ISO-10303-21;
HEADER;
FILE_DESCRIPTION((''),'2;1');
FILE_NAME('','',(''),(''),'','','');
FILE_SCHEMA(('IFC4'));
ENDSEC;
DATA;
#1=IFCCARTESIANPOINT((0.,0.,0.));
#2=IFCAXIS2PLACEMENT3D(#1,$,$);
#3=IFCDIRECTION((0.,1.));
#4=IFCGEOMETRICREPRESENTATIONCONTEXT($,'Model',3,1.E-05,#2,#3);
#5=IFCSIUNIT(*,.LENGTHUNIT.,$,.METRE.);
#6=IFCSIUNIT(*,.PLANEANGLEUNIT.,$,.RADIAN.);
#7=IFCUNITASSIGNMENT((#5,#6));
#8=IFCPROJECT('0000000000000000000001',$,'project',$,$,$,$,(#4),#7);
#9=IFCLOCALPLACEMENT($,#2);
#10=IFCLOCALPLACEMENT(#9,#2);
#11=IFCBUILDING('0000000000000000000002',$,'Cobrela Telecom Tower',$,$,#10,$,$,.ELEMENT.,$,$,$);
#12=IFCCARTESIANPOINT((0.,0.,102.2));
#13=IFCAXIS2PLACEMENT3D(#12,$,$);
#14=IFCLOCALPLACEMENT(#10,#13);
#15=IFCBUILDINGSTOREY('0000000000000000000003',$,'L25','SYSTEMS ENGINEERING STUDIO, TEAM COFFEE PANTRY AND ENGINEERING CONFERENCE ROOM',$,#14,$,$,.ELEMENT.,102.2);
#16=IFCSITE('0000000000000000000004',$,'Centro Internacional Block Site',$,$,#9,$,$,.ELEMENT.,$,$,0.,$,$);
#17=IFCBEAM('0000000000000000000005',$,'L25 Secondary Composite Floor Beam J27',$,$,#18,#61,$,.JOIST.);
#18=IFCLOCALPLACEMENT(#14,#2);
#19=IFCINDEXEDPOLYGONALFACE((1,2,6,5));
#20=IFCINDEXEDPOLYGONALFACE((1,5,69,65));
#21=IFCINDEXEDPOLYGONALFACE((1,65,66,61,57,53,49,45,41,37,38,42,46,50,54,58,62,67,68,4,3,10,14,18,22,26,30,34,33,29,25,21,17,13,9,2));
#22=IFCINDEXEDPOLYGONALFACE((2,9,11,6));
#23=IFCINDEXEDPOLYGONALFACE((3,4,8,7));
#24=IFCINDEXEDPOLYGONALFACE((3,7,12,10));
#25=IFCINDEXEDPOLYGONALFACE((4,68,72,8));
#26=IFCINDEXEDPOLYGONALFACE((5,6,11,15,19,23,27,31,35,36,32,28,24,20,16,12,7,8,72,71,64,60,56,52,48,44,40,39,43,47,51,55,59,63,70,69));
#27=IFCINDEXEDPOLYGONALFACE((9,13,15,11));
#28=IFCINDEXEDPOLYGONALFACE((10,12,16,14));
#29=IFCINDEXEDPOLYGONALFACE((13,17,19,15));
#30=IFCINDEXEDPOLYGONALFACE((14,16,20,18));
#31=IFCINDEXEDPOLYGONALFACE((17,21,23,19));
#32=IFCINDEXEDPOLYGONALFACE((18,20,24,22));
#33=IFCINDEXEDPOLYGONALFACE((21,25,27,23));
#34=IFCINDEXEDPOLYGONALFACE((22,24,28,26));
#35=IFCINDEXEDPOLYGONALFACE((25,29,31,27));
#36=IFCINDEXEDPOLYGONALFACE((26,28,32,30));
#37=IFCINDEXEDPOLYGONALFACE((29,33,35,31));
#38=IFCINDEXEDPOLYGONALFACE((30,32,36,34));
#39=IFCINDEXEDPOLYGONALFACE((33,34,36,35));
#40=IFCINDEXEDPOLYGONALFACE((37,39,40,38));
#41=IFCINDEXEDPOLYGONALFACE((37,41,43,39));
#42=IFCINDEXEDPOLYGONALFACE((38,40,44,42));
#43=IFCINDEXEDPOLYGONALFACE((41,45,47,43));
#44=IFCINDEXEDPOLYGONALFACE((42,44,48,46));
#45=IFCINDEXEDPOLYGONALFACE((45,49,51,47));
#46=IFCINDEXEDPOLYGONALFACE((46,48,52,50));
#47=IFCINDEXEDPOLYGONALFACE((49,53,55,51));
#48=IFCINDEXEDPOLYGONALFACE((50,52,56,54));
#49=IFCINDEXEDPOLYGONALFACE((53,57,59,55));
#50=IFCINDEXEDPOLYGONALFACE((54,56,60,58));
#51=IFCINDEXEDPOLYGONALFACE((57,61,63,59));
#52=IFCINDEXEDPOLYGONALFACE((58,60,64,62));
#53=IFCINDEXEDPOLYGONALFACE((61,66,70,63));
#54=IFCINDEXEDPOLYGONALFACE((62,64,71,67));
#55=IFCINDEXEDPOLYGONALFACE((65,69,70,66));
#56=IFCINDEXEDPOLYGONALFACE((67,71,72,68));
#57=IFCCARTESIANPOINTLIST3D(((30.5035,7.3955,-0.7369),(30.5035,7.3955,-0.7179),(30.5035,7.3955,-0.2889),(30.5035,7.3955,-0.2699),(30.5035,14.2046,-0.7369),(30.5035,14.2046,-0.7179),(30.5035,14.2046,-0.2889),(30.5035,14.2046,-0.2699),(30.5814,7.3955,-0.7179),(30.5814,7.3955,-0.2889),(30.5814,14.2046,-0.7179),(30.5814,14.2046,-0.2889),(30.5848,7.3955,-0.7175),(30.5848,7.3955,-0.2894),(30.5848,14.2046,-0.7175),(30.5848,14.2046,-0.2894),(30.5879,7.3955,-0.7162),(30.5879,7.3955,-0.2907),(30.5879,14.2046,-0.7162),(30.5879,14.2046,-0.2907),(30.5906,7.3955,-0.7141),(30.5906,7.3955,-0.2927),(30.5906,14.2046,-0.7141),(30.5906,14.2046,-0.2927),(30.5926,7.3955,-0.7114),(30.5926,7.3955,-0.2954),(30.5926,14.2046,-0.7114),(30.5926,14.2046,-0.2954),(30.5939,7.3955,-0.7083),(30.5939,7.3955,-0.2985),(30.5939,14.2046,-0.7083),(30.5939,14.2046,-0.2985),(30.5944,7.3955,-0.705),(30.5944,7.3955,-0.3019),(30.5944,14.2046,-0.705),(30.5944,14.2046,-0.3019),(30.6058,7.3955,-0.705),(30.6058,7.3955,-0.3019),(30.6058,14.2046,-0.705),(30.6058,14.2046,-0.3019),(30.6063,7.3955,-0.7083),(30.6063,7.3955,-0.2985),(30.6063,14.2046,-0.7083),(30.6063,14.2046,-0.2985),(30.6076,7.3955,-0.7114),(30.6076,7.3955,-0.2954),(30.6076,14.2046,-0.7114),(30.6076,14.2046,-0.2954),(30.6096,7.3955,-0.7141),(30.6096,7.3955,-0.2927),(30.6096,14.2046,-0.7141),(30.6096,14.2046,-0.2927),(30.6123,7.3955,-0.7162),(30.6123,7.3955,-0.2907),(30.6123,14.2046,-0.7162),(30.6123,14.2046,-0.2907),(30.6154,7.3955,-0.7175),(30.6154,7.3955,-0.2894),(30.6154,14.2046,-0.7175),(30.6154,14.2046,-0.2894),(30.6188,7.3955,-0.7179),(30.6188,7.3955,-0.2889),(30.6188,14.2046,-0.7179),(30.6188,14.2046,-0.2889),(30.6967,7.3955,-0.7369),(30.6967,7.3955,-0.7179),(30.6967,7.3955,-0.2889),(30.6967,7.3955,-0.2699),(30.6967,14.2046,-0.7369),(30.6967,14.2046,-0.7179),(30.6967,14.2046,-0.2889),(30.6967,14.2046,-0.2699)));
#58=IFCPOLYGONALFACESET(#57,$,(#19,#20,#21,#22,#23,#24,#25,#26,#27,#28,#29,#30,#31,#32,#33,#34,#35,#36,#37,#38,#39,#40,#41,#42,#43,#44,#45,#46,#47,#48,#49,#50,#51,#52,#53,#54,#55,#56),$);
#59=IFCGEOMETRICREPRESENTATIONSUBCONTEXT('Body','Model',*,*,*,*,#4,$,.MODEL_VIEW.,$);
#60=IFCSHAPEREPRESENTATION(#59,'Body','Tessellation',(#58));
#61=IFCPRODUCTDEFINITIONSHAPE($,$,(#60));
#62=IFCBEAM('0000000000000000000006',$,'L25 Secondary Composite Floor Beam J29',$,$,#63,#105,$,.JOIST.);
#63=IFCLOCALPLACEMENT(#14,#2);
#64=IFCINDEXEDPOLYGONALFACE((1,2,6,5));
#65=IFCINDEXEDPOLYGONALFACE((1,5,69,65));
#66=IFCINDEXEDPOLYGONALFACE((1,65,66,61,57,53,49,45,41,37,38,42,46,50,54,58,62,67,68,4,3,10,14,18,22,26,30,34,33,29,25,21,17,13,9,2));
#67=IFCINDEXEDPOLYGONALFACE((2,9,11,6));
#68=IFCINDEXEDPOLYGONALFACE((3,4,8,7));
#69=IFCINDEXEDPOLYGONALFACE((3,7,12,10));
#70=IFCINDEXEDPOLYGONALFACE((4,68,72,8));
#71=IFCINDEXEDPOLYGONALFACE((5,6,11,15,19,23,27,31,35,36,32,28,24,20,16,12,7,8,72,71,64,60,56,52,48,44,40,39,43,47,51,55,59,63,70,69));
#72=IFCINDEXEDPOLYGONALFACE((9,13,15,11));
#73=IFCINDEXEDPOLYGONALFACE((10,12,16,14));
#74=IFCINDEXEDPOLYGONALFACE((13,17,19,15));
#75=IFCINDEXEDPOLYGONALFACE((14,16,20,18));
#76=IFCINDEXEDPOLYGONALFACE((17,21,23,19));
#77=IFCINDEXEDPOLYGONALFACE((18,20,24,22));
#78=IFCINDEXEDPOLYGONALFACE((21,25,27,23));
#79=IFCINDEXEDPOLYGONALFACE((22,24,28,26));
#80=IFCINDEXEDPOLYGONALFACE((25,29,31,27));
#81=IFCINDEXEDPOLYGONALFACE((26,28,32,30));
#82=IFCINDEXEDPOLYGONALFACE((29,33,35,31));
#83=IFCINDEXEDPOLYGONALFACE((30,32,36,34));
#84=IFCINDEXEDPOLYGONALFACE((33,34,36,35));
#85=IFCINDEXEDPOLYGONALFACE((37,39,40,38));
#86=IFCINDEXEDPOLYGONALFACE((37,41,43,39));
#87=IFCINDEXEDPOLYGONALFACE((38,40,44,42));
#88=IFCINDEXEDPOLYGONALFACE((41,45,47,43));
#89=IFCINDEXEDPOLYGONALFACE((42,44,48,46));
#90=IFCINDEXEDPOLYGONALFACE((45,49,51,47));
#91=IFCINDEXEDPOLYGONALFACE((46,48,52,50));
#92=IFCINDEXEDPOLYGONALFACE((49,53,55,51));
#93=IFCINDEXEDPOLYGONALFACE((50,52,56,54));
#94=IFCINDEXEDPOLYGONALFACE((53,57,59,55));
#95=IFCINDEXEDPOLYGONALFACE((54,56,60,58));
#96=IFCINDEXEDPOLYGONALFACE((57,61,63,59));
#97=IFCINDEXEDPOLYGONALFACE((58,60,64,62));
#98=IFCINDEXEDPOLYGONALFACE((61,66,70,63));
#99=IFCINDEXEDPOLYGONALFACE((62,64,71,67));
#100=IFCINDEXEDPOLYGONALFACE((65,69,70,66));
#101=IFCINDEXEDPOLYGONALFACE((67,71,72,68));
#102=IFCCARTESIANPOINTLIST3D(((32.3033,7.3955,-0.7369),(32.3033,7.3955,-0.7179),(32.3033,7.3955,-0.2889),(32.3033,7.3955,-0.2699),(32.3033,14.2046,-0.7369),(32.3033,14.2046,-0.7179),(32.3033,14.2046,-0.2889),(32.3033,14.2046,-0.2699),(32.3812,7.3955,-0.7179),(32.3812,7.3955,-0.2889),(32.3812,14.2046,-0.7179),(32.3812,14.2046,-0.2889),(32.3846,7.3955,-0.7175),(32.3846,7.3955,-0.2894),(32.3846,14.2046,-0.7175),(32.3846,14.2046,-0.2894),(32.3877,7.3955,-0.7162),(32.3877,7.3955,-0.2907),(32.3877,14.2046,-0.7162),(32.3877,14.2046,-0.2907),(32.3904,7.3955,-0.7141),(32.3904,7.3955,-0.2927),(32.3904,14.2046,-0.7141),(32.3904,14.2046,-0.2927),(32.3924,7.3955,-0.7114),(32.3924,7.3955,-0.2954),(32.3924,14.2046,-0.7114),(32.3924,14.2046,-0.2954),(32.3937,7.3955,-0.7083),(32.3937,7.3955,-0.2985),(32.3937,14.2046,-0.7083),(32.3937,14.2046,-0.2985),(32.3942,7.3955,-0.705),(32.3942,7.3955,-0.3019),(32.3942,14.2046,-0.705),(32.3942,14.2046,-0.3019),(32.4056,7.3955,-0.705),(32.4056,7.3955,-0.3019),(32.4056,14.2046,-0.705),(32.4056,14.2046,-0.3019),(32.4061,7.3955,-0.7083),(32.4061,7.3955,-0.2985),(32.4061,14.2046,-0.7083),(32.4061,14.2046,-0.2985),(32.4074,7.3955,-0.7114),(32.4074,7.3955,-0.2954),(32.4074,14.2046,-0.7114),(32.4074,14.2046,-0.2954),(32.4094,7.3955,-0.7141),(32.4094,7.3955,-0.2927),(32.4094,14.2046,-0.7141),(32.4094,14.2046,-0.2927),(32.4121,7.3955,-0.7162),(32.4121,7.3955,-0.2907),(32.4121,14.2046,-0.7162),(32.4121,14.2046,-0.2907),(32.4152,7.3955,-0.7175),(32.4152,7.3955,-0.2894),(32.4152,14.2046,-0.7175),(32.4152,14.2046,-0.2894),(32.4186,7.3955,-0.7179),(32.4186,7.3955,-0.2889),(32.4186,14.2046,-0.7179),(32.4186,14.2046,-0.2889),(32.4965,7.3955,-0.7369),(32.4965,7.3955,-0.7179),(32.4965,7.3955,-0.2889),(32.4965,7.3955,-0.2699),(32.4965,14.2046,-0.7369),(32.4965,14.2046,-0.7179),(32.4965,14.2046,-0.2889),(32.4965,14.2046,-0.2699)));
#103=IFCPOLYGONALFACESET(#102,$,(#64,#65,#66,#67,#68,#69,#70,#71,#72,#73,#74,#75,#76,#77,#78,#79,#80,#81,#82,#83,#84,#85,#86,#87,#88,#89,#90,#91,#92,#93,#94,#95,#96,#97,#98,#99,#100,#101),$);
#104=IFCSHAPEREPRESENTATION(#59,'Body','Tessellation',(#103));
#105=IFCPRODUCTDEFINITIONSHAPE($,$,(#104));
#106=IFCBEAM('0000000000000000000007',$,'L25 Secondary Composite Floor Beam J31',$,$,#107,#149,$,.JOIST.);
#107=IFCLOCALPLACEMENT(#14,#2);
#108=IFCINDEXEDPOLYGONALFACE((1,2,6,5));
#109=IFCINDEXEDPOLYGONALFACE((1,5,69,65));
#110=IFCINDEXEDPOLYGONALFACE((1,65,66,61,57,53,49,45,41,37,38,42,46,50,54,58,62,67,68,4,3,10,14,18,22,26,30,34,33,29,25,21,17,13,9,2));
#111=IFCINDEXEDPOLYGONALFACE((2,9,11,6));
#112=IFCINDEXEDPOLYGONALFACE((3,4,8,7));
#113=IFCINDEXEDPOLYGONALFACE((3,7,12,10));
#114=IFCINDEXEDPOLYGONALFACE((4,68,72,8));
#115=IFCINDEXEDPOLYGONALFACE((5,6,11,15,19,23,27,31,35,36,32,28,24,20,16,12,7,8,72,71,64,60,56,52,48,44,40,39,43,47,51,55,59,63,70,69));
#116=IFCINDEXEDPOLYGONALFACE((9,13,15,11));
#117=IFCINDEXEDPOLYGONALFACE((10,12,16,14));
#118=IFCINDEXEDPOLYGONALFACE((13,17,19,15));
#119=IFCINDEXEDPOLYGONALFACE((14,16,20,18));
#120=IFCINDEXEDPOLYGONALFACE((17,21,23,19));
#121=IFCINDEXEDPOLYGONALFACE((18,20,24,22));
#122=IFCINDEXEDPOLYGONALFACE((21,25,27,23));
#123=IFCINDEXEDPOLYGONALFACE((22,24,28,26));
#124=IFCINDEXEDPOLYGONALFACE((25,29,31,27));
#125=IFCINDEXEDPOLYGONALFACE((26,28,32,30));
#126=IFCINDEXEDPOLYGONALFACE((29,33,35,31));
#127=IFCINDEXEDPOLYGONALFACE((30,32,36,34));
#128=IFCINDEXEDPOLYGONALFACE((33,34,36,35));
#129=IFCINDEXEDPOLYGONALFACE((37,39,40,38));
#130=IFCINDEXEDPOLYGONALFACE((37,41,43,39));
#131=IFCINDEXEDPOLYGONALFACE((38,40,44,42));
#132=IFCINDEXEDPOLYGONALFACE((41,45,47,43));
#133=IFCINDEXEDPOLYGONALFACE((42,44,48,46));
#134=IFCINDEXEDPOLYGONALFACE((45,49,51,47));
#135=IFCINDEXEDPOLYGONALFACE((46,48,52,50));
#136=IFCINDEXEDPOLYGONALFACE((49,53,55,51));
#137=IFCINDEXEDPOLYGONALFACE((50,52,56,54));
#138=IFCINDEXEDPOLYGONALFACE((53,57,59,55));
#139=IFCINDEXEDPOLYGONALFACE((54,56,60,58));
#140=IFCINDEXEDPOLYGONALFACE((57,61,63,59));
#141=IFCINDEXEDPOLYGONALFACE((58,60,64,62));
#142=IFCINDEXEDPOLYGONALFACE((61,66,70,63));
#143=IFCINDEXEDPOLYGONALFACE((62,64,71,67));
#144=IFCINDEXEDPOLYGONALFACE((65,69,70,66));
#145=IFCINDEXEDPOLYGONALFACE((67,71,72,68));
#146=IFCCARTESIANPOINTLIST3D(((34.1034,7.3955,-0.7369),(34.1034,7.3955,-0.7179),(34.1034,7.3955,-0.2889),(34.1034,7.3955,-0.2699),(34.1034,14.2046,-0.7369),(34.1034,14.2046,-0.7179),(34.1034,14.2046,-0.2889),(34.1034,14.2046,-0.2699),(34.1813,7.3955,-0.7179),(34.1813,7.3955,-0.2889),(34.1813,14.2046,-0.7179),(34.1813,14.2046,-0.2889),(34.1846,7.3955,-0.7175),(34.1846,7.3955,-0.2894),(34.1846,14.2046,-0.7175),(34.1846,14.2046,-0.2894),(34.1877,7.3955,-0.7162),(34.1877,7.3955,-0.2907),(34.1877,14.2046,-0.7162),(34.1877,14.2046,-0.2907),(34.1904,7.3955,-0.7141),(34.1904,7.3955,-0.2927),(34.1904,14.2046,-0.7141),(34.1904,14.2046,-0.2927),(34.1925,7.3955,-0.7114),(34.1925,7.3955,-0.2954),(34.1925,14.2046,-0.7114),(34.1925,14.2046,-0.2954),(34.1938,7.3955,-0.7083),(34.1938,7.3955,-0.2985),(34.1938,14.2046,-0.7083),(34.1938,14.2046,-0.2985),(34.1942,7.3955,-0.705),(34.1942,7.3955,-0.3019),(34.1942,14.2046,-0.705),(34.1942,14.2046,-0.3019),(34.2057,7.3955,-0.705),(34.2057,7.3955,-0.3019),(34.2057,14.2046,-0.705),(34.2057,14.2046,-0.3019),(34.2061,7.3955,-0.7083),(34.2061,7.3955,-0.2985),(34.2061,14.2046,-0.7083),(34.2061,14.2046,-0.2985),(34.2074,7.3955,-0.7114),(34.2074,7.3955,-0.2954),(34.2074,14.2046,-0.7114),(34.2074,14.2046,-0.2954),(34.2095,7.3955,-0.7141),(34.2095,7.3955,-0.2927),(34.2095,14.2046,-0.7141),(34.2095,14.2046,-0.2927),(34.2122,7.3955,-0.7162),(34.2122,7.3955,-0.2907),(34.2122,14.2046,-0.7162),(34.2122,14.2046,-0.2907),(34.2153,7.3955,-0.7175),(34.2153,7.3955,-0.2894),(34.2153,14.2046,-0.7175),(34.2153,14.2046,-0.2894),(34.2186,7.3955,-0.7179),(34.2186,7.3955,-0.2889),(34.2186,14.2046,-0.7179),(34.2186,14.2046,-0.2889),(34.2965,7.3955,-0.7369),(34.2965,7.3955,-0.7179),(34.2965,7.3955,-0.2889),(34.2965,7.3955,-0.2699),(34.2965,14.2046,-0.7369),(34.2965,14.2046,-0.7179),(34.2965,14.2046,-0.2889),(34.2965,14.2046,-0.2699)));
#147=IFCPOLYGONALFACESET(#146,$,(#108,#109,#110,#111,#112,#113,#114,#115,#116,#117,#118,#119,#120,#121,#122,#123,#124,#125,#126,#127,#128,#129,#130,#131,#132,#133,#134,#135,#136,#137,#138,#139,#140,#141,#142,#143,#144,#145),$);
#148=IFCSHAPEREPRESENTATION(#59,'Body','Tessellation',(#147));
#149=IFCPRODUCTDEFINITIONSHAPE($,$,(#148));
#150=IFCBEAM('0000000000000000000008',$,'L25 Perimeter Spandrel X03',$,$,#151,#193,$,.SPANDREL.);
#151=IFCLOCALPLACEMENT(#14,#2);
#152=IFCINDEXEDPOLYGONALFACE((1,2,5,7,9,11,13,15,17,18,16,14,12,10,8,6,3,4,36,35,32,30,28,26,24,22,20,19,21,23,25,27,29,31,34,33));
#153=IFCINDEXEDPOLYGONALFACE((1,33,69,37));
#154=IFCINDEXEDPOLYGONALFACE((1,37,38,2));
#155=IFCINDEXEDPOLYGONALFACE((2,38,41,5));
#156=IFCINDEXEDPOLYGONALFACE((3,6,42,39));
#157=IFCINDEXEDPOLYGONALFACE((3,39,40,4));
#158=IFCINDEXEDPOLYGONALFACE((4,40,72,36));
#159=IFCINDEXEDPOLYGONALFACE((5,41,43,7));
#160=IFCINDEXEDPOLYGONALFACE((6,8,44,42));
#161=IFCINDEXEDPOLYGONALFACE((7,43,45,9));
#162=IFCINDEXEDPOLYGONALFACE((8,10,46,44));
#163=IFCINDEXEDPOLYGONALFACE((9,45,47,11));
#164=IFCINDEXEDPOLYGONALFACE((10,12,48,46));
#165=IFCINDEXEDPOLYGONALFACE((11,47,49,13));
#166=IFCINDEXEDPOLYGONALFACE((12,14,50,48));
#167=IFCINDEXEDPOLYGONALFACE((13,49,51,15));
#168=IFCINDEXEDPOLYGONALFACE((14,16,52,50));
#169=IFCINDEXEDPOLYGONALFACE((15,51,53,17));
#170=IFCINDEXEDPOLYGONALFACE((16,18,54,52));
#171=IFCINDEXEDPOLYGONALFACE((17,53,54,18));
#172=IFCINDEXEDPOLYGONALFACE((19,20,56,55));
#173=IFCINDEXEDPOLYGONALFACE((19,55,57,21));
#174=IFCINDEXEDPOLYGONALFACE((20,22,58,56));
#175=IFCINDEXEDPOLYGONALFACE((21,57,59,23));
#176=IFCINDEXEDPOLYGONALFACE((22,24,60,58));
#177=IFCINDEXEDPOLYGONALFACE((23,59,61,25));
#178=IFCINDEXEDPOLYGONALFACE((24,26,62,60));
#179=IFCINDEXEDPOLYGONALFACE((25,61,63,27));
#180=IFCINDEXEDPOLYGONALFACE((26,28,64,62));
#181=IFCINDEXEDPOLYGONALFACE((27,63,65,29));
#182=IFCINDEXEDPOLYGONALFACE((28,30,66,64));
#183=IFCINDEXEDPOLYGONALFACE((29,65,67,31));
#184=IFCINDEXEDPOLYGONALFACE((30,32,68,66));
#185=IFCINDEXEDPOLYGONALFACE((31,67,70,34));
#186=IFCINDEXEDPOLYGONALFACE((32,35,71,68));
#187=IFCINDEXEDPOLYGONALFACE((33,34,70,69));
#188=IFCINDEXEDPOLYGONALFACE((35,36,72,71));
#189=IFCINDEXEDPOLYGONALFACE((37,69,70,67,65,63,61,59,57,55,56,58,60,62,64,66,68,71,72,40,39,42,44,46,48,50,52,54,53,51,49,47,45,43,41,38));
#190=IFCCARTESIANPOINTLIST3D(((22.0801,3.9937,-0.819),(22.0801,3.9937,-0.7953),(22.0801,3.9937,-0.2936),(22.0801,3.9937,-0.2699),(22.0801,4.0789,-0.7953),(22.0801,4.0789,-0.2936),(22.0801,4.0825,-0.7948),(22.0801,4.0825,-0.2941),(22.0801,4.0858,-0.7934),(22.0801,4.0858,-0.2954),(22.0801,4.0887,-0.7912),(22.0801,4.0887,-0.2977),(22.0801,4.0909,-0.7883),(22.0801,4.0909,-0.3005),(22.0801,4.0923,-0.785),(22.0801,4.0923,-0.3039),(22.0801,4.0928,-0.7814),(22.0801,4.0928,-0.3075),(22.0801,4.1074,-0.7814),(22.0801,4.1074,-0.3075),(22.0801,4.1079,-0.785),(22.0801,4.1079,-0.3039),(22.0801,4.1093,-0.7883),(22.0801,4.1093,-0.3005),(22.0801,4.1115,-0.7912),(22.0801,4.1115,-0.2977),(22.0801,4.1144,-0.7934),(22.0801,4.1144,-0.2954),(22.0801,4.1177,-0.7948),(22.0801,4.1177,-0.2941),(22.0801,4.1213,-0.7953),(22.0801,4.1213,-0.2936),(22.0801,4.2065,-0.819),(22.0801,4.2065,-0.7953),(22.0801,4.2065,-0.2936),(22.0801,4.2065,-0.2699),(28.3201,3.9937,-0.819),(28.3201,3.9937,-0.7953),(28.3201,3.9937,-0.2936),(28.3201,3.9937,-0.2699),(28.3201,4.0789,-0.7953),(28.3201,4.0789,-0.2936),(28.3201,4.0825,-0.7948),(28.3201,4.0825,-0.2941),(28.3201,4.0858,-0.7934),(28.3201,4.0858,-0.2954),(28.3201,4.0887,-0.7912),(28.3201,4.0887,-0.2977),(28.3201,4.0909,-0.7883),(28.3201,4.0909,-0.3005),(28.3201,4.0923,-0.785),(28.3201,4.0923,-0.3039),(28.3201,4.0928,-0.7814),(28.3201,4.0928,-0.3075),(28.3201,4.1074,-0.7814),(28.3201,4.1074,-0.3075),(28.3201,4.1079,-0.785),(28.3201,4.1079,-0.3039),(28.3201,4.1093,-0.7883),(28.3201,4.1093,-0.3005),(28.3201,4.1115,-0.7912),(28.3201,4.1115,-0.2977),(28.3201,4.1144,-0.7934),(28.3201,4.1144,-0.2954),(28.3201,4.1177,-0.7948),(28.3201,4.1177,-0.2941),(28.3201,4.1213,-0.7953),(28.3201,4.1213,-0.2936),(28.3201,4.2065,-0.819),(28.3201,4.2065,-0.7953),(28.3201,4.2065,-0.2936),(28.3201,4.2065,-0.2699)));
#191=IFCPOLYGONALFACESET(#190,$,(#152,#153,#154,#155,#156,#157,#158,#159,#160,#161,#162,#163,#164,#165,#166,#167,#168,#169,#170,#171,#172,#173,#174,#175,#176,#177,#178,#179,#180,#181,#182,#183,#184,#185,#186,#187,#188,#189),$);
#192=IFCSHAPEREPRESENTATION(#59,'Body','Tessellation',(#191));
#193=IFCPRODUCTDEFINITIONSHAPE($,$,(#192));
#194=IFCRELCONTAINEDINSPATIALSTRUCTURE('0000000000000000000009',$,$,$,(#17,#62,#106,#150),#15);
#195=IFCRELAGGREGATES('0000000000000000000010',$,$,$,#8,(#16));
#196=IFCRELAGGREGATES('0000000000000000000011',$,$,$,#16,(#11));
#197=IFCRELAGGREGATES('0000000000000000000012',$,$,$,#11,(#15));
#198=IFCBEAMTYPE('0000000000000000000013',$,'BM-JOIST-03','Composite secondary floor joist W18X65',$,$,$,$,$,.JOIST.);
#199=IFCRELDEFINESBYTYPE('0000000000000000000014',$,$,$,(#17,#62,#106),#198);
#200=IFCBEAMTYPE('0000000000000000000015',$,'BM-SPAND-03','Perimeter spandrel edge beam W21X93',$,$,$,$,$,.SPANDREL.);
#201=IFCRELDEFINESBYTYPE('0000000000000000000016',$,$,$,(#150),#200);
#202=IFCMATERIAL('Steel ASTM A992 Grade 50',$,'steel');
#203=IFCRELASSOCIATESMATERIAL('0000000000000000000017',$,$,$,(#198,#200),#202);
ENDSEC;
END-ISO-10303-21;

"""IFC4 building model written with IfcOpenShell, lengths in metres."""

from ifc_helpers import new_model, si_unit, direction, frame, origin, origin_2d, place, context, subcontext, project, spatial, i_section, extrude, material, material_profile, profile_set, type_object, element, save


model = new_model("IFC4")

# Units and contexts
model_context = context("Model", 3, precision=1e-05, world=origin(), true_north=direction((0.0, 1.0)))
body_context = subcontext(model_context, "Body", "Model", "MODEL_VIEW")
ifc_project = project(units=[si_unit("LENGTHUNIT", "METRE"), si_unit("PLANEANGLEUNIT", "RADIAN")], contexts=[model_context])

# Site, building, storey
site_placement = place(None, origin())
site = spatial("IfcSite", under=ifc_project, at=site_placement, Name="Centro Internacional Block Site", CompositionType="ELEMENT", RefElevation=0.0)
building_placement = place(site_placement, origin())
building = spatial("IfcBuilding", under=site, at=building_placement, Name="Cobrela Telecom Tower", CompositionType="ELEMENT")
storey_placement = place(building_placement, frame((0.0, 0.0, 102.2)))
storey = spatial("IfcBuildingStorey", under=building, at=storey_placement, Name="L25", Description="SYSTEMS ENGINEERING STUDIO, TEAM COFFEE PANTRY AND ENGINEERING CONFERENCE ROOM", CompositionType="ELEMENT", Elevation=102.2)

# Shared definitions
ifc_material_1 = material(Name="Steel ASTM A992 Grade 50", Category="steel")

# Beams
ifc_material_profile_1 = material_profile(ifc_material_1, i_section(OverallWidth=0.1931, OverallDepth=0.467, WebThickness=0.0115, FlangeThickness=0.019, FilletRadius=0.0129, at=origin_2d()), Name="W18X65")
ifc_profile_set_1 = profile_set([ifc_material_profile_1], Name="Steel ASTM A992 Grade 50")
beam_type_1 = type_object("IfcBeamType", Name="BM-JOIST-03", Description="Composite secondary floor joist W18X65", PredefinedType="JOIST", material=ifc_profile_set_1)
for number, where, z_axis, x_axis, name in (
    (1, (30.6001, 7.3955, -0.5034), (0.0, 1.0, 0.0), (-1.0, 0.0, 0.0), "L25 Secondary Composite Floor Beam J27"),
    (2, (32.3999, 7.3955, -0.5034), (0.0, 1.0, 0.0), (-1.0, 0.0, 0.0), "L25 Secondary Composite Floor Beam J29"),
    (3, (34.2, 7.3955, -0.5034), (0.0, 1.0, 0.0), (-1.0, 0.0, 0.0), "L25 Secondary Composite Floor Beam J31"),
):
    element("IfcBeam", number, at=place(storey_placement, frame(where, z_axis=z_axis, x_axis=x_axis)), inside=storey, type_object=beam_type_1, Name=name, PredefinedType="JOIST", context=body_context, shape_type="SweptSolid", body=[
        extrude(i_section(OverallWidth=0.1931, OverallDepth=0.467, WebThickness=0.0115, FlangeThickness=0.019, FilletRadius=0.0129, at=origin_2d()), origin(), (0.0, 0.0, 1.0), 6.8091),
    ])
ifc_material_profile_2 = material_profile(ifc_material_1, i_section(OverallWidth=0.2129, OverallDepth=0.5491, WebThickness=0.0146, FlangeThickness=0.0237, FilletRadius=0.0139, at=origin_2d()), Name="W21X93")
ifc_profile_set_2 = profile_set([ifc_material_profile_2], Name="Steel ASTM A992 Grade 50")
beam_type_2 = type_object("IfcBeamType", Name="BM-SPAND-03", Description="Perimeter spandrel edge beam W21X93", PredefinedType="SPANDREL", material=ifc_profile_set_2)
for number, where, z_axis, x_axis, name in (
    (4, (22.0801, 4.1001, -0.5444), (1.0, 0.0, 0.0), (0.0, 1.0, 0.0), "L25 Perimeter Spandrel X03"),
):
    element("IfcBeam", number, at=place(storey_placement, frame(where, z_axis=z_axis, x_axis=x_axis)), inside=storey, type_object=beam_type_2, Name=name, PredefinedType="SPANDREL", context=body_context, shape_type="SweptSolid", body=[
        extrude(i_section(OverallWidth=0.2129, OverallDepth=0.5491, WebThickness=0.0146, FlangeThickness=0.0237, FilletRadius=0.0139, at=origin_2d()), origin(), (0.0, 0.0, 1.0), 6.24),
    ])

save(model, "model.ifc")
